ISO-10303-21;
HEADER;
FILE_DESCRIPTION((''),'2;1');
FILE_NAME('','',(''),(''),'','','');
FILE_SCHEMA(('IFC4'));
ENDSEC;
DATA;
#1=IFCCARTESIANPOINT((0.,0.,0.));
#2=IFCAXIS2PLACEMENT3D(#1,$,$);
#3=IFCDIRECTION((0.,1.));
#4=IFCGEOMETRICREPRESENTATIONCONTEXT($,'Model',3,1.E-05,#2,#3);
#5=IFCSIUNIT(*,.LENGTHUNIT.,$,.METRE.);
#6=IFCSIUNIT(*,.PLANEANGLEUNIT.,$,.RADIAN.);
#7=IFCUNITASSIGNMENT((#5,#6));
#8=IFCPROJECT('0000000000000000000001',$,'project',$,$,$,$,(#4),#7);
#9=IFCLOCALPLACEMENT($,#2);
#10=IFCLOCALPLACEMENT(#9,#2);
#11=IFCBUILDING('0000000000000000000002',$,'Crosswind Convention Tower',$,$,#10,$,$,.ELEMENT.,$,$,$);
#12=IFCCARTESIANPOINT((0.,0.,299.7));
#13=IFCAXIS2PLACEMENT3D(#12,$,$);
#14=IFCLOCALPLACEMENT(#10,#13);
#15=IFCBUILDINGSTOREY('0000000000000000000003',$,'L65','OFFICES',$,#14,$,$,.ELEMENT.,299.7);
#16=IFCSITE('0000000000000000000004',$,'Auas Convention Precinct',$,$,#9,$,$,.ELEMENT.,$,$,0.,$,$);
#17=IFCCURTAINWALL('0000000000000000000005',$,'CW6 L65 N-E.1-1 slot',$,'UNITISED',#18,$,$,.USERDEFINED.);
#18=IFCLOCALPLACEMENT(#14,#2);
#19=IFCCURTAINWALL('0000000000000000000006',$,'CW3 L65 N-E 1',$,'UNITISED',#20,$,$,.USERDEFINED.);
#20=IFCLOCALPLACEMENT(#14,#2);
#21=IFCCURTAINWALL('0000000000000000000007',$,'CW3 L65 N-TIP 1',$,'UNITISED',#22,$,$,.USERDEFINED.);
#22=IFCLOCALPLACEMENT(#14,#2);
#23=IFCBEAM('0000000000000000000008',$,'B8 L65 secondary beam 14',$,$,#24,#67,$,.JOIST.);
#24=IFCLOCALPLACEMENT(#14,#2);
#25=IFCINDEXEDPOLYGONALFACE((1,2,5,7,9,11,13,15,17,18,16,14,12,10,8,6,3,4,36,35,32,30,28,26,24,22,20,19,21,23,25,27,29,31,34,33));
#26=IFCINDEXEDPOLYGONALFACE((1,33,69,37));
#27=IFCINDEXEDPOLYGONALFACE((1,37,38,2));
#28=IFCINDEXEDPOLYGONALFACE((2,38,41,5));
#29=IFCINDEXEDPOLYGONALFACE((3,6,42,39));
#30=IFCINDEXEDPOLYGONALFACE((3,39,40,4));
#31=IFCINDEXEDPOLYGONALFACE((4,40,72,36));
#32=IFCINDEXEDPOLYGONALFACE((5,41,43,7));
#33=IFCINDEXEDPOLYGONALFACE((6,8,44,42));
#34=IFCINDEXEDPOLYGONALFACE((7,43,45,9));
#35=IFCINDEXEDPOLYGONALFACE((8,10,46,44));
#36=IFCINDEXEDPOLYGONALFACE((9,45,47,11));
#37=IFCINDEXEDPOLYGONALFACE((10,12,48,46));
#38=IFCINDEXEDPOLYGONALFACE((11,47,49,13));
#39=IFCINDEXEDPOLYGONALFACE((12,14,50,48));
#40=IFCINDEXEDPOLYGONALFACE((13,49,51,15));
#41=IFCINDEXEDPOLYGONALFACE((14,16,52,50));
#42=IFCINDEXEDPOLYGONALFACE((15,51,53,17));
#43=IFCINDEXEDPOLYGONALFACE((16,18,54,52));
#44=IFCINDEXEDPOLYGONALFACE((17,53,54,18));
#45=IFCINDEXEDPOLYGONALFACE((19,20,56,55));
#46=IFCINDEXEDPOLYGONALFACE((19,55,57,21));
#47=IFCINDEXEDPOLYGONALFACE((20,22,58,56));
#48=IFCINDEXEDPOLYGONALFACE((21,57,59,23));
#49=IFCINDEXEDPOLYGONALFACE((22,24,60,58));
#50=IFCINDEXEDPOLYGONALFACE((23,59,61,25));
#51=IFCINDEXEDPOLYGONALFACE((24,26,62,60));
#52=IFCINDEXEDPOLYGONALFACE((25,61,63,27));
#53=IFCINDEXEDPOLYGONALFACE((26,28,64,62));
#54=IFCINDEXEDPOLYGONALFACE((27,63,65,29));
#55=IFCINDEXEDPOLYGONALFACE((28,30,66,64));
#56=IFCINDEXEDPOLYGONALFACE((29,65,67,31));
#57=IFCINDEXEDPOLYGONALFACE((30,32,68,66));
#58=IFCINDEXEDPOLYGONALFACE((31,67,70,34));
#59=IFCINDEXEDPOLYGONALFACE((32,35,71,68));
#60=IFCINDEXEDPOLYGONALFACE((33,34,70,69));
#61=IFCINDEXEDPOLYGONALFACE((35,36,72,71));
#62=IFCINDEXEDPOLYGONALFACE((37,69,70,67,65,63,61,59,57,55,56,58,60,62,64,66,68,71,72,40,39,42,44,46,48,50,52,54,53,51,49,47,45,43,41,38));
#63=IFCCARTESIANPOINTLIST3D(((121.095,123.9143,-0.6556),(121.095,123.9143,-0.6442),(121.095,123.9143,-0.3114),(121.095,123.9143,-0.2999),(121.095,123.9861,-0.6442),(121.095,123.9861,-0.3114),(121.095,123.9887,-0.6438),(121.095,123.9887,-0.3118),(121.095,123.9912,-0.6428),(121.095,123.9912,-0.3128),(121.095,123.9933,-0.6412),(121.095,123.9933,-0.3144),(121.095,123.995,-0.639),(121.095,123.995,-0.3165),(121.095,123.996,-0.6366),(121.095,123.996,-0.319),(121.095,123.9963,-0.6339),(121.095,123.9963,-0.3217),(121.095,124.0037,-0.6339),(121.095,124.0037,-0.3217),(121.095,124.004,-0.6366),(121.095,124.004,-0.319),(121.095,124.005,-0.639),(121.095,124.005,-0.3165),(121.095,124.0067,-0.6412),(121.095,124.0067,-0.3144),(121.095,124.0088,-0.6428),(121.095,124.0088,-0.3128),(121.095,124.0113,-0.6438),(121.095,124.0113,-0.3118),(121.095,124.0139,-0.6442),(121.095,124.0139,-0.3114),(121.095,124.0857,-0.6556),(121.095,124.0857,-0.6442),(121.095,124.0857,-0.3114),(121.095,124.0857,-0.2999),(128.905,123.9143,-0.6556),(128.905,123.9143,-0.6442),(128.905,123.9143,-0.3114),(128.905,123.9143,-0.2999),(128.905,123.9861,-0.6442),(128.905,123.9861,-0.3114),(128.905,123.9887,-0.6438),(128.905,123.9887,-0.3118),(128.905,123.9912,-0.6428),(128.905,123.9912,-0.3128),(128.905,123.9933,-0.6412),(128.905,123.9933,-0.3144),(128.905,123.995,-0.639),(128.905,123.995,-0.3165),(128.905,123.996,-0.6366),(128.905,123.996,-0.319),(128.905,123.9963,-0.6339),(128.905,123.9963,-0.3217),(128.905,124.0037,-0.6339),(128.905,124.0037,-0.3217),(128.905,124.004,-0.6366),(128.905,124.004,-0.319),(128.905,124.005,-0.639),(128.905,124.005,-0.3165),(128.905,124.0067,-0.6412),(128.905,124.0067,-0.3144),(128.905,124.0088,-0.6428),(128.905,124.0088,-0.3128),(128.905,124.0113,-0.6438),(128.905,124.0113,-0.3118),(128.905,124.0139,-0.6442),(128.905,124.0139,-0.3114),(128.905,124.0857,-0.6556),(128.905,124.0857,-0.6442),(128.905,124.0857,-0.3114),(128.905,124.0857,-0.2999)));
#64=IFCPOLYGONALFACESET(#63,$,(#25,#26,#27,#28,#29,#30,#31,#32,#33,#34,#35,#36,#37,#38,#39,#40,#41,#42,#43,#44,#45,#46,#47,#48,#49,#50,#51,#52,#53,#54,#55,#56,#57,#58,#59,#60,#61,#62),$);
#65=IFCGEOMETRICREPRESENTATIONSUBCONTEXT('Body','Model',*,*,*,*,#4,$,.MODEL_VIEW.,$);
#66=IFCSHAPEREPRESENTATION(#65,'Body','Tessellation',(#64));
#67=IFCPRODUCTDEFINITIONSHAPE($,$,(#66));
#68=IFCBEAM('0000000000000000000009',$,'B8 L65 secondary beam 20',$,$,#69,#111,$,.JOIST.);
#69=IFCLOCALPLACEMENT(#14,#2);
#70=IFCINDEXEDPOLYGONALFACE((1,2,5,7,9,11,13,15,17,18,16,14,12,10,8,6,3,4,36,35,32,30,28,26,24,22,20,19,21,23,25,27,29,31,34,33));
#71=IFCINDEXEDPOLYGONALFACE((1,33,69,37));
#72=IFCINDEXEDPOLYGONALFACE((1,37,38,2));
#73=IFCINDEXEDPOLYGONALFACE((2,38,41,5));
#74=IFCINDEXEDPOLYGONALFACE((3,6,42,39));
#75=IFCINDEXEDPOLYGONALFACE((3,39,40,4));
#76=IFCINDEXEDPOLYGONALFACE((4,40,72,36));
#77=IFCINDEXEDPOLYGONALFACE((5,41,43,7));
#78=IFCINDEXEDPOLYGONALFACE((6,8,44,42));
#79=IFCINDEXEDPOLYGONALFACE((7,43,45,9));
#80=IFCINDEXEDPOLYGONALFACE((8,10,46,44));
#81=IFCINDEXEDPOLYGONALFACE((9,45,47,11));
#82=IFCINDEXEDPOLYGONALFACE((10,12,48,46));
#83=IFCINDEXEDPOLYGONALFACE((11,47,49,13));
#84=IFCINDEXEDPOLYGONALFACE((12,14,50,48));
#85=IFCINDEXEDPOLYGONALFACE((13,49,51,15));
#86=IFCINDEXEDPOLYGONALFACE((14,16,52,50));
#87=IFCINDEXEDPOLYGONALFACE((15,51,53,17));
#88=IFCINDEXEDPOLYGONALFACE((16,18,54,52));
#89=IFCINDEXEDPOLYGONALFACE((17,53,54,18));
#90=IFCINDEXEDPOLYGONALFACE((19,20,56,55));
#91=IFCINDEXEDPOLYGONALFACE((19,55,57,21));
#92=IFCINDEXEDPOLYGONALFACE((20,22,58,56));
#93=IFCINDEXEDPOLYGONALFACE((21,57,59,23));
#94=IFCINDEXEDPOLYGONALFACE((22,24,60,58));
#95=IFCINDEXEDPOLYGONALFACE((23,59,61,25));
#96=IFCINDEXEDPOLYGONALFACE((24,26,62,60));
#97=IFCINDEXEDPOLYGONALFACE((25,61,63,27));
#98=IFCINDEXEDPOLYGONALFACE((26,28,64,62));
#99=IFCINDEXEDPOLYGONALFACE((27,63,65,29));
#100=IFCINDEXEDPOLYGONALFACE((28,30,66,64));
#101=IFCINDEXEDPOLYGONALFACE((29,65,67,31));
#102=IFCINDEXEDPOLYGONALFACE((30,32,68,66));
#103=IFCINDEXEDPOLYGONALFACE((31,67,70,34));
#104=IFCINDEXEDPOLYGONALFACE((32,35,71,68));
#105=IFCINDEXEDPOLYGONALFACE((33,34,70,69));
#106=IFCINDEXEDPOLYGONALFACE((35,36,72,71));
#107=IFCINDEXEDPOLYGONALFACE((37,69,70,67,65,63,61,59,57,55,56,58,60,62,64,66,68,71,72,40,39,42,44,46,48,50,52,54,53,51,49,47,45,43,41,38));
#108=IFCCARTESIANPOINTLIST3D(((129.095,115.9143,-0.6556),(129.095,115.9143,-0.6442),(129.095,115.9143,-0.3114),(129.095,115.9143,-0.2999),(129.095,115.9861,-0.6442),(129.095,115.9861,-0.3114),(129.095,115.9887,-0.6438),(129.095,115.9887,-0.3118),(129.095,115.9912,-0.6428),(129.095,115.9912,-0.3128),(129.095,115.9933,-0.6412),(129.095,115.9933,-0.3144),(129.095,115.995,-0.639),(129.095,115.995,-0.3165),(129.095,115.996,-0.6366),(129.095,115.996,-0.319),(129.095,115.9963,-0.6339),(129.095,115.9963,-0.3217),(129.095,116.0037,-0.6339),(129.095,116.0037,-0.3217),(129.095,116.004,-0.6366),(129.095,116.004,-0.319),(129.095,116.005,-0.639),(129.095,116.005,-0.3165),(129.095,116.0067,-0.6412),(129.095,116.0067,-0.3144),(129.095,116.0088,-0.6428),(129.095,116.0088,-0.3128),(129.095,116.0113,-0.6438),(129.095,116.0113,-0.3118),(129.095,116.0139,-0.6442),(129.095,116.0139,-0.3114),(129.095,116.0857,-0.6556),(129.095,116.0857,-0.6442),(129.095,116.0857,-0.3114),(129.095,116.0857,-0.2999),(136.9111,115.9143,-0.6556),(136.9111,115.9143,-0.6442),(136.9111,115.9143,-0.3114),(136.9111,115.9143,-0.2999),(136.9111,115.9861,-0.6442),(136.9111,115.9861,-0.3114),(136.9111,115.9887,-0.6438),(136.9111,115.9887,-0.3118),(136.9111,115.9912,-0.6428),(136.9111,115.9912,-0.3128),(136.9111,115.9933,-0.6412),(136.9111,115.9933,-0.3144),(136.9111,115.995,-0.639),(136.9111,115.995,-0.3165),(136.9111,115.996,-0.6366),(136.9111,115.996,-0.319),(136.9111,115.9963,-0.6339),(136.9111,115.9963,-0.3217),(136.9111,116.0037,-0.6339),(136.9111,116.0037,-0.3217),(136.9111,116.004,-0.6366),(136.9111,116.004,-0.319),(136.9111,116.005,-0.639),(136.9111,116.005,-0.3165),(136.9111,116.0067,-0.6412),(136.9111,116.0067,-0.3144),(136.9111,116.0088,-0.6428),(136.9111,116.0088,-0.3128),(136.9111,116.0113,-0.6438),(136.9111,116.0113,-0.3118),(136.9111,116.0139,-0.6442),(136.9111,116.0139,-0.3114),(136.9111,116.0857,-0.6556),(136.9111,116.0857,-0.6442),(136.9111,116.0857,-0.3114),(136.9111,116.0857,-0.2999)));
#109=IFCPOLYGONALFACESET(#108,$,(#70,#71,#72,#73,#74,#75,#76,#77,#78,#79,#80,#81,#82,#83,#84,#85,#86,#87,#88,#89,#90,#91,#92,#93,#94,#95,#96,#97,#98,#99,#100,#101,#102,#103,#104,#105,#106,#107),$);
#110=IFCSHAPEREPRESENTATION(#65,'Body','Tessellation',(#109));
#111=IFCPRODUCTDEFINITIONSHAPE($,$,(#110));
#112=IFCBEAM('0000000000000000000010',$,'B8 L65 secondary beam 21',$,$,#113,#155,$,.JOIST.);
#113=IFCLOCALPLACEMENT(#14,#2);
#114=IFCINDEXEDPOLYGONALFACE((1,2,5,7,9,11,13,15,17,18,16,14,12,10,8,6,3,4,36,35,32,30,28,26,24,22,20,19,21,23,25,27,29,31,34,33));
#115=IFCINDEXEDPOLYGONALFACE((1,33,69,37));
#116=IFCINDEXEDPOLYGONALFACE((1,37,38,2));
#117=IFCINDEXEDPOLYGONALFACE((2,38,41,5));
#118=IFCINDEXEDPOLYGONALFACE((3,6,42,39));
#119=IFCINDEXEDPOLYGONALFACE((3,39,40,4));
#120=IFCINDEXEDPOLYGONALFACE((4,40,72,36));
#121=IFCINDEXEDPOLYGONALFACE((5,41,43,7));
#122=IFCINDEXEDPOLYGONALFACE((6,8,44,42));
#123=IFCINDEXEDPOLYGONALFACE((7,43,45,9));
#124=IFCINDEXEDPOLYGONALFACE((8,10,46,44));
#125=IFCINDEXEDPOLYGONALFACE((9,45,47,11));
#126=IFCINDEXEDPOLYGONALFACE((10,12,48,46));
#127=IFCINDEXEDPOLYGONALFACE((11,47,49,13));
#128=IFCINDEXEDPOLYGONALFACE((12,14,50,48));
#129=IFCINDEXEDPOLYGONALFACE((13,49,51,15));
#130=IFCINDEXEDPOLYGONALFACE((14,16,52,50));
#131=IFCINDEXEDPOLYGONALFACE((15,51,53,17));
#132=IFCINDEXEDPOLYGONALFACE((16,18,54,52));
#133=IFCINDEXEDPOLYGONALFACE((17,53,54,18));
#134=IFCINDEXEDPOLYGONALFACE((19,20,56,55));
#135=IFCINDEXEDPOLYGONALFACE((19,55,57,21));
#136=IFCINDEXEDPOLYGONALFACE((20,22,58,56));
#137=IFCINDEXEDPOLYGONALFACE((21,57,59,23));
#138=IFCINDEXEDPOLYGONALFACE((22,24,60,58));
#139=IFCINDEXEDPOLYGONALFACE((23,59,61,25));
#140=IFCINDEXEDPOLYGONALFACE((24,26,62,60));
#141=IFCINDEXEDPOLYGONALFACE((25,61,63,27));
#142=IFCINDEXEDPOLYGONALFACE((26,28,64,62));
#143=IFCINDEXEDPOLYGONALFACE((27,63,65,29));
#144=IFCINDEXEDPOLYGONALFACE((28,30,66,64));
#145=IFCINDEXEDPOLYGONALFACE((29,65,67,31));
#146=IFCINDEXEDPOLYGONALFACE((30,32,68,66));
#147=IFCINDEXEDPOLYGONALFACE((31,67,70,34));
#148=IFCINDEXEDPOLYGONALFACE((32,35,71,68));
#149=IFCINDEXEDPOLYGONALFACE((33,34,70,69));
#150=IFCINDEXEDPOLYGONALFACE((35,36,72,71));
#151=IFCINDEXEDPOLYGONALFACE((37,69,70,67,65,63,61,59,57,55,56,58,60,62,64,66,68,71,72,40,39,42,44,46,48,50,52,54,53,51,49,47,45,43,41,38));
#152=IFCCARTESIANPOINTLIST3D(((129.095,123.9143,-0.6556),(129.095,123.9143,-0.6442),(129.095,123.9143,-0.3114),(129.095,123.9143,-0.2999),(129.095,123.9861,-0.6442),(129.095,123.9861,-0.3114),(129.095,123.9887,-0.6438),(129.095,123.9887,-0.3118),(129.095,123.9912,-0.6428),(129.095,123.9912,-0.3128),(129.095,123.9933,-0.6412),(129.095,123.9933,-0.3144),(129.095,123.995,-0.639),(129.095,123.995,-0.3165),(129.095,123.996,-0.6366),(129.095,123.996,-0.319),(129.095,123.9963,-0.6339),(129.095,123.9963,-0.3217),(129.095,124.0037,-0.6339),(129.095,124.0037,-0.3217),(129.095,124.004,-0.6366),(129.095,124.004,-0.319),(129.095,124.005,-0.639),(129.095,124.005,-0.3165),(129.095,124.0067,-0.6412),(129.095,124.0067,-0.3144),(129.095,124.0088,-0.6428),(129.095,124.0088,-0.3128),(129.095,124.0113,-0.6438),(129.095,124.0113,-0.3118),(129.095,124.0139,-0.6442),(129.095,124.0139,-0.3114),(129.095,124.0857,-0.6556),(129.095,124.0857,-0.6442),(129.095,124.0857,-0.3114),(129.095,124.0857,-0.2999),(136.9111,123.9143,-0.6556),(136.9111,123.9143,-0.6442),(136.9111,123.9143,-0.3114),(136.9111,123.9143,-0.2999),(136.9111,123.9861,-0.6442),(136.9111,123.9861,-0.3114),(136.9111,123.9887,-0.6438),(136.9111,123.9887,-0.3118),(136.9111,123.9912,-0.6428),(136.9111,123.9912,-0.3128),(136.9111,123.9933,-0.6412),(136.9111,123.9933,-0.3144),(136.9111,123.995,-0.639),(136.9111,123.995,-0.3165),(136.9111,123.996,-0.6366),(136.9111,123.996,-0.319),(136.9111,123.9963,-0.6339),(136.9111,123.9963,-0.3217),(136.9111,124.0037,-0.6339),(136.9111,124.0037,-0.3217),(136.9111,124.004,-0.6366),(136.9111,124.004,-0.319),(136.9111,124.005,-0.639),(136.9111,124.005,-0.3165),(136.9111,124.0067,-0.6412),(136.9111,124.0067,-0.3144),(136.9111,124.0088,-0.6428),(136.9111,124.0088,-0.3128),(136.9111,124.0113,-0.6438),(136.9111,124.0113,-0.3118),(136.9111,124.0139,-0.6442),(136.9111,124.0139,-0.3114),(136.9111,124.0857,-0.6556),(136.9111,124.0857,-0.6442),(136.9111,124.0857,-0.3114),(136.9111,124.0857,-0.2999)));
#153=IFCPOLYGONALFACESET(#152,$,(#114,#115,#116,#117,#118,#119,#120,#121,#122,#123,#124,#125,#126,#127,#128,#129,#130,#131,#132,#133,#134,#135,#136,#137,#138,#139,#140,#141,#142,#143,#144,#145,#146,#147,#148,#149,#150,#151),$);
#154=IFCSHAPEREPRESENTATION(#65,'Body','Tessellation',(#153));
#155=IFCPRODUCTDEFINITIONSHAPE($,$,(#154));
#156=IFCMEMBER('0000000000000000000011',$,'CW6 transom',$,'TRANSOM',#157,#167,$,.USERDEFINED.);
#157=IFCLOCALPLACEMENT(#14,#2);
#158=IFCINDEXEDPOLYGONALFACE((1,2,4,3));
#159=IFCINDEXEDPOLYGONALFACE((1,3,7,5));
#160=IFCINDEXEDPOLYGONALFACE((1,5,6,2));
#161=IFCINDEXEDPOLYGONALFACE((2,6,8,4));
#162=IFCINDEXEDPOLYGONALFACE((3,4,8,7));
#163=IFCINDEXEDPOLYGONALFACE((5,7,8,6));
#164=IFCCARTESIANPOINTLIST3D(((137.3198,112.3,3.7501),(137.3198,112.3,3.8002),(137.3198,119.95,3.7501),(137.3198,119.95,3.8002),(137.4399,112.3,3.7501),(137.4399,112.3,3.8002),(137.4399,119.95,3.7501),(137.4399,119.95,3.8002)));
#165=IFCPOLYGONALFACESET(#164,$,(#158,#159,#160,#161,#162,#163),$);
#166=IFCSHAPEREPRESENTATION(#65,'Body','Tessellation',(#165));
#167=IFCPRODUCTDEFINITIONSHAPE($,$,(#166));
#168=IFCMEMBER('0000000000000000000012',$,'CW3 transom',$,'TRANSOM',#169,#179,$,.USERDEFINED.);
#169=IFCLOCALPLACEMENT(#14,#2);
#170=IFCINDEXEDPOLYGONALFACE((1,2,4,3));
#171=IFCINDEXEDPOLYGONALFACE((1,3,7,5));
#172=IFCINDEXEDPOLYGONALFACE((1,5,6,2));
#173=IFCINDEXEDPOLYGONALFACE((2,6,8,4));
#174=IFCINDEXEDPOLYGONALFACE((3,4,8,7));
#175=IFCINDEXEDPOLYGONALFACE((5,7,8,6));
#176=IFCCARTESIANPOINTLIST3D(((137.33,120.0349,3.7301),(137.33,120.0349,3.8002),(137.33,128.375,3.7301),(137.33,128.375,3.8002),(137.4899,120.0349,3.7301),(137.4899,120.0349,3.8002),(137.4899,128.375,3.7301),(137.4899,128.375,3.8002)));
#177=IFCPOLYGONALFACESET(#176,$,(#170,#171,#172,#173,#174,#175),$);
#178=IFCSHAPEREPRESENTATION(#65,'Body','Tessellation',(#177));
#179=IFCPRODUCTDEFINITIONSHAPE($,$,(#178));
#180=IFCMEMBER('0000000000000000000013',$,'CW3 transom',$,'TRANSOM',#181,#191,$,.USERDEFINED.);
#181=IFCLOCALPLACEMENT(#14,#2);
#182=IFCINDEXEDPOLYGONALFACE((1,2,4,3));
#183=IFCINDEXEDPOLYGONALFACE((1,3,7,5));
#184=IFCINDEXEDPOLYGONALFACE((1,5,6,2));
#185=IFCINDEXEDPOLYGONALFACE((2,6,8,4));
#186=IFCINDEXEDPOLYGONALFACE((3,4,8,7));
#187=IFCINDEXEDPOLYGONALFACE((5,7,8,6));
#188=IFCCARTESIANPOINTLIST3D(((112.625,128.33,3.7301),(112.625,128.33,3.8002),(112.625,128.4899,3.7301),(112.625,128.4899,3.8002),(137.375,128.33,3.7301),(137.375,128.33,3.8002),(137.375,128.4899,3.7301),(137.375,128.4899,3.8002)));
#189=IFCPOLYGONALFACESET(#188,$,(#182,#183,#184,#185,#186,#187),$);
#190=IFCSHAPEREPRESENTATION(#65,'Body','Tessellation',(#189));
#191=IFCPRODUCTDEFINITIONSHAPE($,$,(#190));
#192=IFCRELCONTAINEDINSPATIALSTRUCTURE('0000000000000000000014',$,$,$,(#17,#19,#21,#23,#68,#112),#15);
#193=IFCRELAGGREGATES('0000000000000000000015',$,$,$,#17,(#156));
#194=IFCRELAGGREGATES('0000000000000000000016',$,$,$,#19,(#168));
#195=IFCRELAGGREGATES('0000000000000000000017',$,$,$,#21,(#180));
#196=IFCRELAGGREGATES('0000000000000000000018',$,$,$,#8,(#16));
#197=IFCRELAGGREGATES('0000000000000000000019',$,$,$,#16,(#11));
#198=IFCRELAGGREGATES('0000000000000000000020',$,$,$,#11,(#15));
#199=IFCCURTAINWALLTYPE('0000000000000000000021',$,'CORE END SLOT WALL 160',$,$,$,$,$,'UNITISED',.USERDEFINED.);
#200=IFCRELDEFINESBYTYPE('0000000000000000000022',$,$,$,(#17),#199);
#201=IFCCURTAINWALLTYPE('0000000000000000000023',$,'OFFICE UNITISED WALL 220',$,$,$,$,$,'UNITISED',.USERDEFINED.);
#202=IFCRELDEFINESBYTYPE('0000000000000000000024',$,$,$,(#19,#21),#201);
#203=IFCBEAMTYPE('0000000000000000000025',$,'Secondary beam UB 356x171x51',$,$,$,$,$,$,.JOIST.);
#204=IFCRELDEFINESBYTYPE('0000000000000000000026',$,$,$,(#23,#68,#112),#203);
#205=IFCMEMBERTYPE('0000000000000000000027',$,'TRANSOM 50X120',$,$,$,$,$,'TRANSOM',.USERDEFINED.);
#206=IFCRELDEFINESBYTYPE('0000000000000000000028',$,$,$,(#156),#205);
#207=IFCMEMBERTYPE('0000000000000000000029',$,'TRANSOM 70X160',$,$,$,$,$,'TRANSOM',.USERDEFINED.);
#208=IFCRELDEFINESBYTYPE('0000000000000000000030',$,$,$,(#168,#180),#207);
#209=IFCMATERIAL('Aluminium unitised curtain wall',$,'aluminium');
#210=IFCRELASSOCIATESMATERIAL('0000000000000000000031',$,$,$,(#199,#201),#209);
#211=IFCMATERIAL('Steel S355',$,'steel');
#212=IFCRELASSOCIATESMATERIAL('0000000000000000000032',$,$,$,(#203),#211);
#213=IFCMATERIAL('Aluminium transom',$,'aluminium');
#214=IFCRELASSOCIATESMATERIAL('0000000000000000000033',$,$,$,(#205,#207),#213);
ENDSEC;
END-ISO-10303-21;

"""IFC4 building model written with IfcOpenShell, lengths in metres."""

from ifc_helpers import new_model, si_unit, direction, frame, origin, origin_2d, place, context, subcontext, project, spatial, rectangle, i_section, extrude, material, material_profile, profile_set, type_object, element, aggregate, save


model = new_model("IFC4")

# Units and contexts
model_context = context("Model", 3, precision=1e-05, world=origin(), true_north=direction((0.0, 1.0)))
body_context = subcontext(model_context, "Body", "Model", "MODEL_VIEW")
ifc_project = project(units=[si_unit("LENGTHUNIT", "METRE"), si_unit("PLANEANGLEUNIT", "RADIAN")], contexts=[model_context])

# Site, building, storey
site_placement = place(None, origin())
site = spatial("IfcSite", under=ifc_project, at=site_placement, Name="Auas Convention Precinct", CompositionType="ELEMENT", RefElevation=0.0)
building_placement = place(site_placement, origin())
building = spatial("IfcBuilding", under=site, at=building_placement, Name="Crosswind Convention Tower", CompositionType="ELEMENT")
storey_placement = place(building_placement, frame((0.0, 0.0, 299.7)))
storey = spatial("IfcBuildingStorey", under=building, at=storey_placement, Name="L65", Description="OFFICES", CompositionType="ELEMENT", Elevation=299.7)

# Shared definitions
ifc_material_1 = material(Name="Steel S355", Category="steel")

# Curtain walls
ifc_material_2 = material(Name="Aluminium unitised curtain wall", Category="aluminium")
curtain_wall_type_1 = type_object("IfcCurtainWallType", Name="CORE END SLOT WALL 160", ElementType="UNITISED", PredefinedType="USERDEFINED", material=ifc_material_2)
curtain_wall_1_placement = place(storey_placement, origin())
curtain_wall_1 = element("IfcCurtainWall", 1, at=curtain_wall_1_placement, inside=storey, type_object=curtain_wall_type_1, Name="CW6 L65 N-E.1-1 slot", ObjectType="UNITISED", PredefinedType="USERDEFINED")
curtain_wall_type_2 = type_object("IfcCurtainWallType", Name="OFFICE UNITISED WALL 220", ElementType="UNITISED", PredefinedType="USERDEFINED", material=ifc_material_2)
curtain_wall_2_placement = place(storey_placement, origin())
curtain_wall_2 = element("IfcCurtainWall", 2, at=curtain_wall_2_placement, inside=storey, type_object=curtain_wall_type_2, Name="CW3 L65 N-E 1", ObjectType="UNITISED", PredefinedType="USERDEFINED")

# Curtain wall
curtain_wall_3_placement = place(storey_placement, origin())
curtain_wall_3 = element("IfcCurtainWall", 3, at=curtain_wall_3_placement, inside=storey, type_object=curtain_wall_type_2, Name="CW3 L65 N-TIP 1", ObjectType="UNITISED", PredefinedType="USERDEFINED")

# Beams
ifc_material_profile_1 = material_profile(ifc_material_1, i_section(OverallWidth=0.1714, OverallDepth=0.3557, WebThickness=0.0073, FlangeThickness=0.0115, FilletRadius=0.0103, at=origin_2d()), Name="UB 356x171x51")
ifc_profile_set_1 = profile_set([ifc_material_profile_1], Name="Steel S355")
beam_type_1 = type_object("IfcBeamType", Name="Secondary beam UB 356x171x51", PredefinedType="JOIST", material=ifc_profile_set_1)
for number, where, z_axis, x_axis, name in (
    (4, (121.095, 124.0, -0.4778), (1.0, 0.0, 0.0), (0.0, 1.0, 0.0), "B8 L65 secondary beam 14"),
):
    element("IfcBeam", number, at=place(storey_placement, frame(where, z_axis=z_axis, x_axis=x_axis)), inside=storey, type_object=beam_type_1, Name=name, PredefinedType="JOIST", context=body_context, shape_type="SweptSolid", body=[
        extrude(i_section(OverallWidth=0.1714, OverallDepth=0.3557, WebThickness=0.0073, FlangeThickness=0.0115, FilletRadius=0.0103, at=origin_2d()), origin(), (0.0, 0.0, 1.0), 7.8101),
    ])
for number, where, z_axis, x_axis, name in (
    (5, (129.095, 116.0, -0.4778), (1.0, 0.0, 0.0), (0.0, 1.0, 0.0), "B8 L65 secondary beam 20"),
    (6, (129.095, 124.0, -0.4778), (1.0, 0.0, 0.0), (0.0, 1.0, 0.0), "B8 L65 secondary beam 21"),
):
    element("IfcBeam", number, at=place(storey_placement, frame(where, z_axis=z_axis, x_axis=x_axis)), inside=storey, type_object=beam_type_1, Name=name, PredefinedType="JOIST", context=body_context, shape_type="SweptSolid", body=[
        extrude(i_section(OverallWidth=0.1714, OverallDepth=0.3557, WebThickness=0.0073, FlangeThickness=0.0115, FilletRadius=0.0103, at=origin_2d()), origin(), (0.0, 0.0, 1.0), 7.8162),
    ])

# Members
ifc_material_3 = material(Name="Aluminium transom", Category="aluminium")
ifc_material_profile_2 = material_profile(ifc_material_3, rectangle(XDim=0.1201, YDim=0.05, at=origin_2d()), Name="AL 120X50")
ifc_profile_set_2 = profile_set([ifc_material_profile_2], Name="Aluminium transom")
member_type_1 = type_object("IfcMemberType", Name="TRANSOM 50X120", ElementType="TRANSOM", PredefinedType="USERDEFINED", material=ifc_profile_set_2)
member_1_placement = place(storey_placement, frame((137.3799, 112.3, 3.7751), z_axis=(0.0, 1.0, 0.0), x_axis=(-1.0, 0.0, 0.0)))
member_1 = element("IfcMember", 7, at=member_1_placement, type_object=member_type_1, Name="CW6 transom", ObjectType="TRANSOM", PredefinedType="USERDEFINED", context=body_context, shape_type="SweptSolid", body=[
    extrude(rectangle(XDim=0.1201, YDim=0.05, at=origin_2d()), origin(), (0.0, 0.0, 1.0), 7.6499),
])
ifc_material_profile_3 = material_profile(ifc_material_3, rectangle(XDim=0.1599, YDim=0.0701, at=origin_2d()), Name="AL 160X70")
ifc_profile_set_3 = profile_set([ifc_material_profile_3], Name="Aluminium transom")
member_type_2 = type_object("IfcMemberType", Name="TRANSOM 70X160", ElementType="TRANSOM", PredefinedType="USERDEFINED", material=ifc_profile_set_3)
member_2_placement = place(storey_placement, frame((137.4099, 120.0349, 3.7651), z_axis=(0.0, 1.0, 0.0), x_axis=(-1.0, 0.0, 0.0)))
member_2 = element("IfcMember", 8, at=member_2_placement, type_object=member_type_2, Name="CW3 transom", ObjectType="TRANSOM", PredefinedType="USERDEFINED", context=body_context, shape_type="SweptSolid", body=[
    extrude(rectangle(XDim=0.1599, YDim=0.0701, at=origin_2d()), origin(), (0.0, 0.0, 1.0), 8.3401),
])
member_3_placement = place(storey_placement, frame((137.375, 128.4099, 3.7651), z_axis=(-1.0, 0.0, 0.0), x_axis=(0.0, -1.0, 0.0)))
member_3 = element("IfcMember", 9, at=member_3_placement, type_object=member_type_2, Name="CW3 transom", ObjectType="TRANSOM", PredefinedType="USERDEFINED", context=body_context, shape_type="SweptSolid", body=[
    extrude(rectangle(XDim=0.1599, YDim=0.0701, at=origin_2d()), origin(), (0.0, 0.0, 1.0), 24.75),
])

aggregate(curtain_wall_1, [member_1])

aggregate(curtain_wall_2, [member_2])
aggregate(curtain_wall_3, [member_3])

save(model, "model.ifc")
